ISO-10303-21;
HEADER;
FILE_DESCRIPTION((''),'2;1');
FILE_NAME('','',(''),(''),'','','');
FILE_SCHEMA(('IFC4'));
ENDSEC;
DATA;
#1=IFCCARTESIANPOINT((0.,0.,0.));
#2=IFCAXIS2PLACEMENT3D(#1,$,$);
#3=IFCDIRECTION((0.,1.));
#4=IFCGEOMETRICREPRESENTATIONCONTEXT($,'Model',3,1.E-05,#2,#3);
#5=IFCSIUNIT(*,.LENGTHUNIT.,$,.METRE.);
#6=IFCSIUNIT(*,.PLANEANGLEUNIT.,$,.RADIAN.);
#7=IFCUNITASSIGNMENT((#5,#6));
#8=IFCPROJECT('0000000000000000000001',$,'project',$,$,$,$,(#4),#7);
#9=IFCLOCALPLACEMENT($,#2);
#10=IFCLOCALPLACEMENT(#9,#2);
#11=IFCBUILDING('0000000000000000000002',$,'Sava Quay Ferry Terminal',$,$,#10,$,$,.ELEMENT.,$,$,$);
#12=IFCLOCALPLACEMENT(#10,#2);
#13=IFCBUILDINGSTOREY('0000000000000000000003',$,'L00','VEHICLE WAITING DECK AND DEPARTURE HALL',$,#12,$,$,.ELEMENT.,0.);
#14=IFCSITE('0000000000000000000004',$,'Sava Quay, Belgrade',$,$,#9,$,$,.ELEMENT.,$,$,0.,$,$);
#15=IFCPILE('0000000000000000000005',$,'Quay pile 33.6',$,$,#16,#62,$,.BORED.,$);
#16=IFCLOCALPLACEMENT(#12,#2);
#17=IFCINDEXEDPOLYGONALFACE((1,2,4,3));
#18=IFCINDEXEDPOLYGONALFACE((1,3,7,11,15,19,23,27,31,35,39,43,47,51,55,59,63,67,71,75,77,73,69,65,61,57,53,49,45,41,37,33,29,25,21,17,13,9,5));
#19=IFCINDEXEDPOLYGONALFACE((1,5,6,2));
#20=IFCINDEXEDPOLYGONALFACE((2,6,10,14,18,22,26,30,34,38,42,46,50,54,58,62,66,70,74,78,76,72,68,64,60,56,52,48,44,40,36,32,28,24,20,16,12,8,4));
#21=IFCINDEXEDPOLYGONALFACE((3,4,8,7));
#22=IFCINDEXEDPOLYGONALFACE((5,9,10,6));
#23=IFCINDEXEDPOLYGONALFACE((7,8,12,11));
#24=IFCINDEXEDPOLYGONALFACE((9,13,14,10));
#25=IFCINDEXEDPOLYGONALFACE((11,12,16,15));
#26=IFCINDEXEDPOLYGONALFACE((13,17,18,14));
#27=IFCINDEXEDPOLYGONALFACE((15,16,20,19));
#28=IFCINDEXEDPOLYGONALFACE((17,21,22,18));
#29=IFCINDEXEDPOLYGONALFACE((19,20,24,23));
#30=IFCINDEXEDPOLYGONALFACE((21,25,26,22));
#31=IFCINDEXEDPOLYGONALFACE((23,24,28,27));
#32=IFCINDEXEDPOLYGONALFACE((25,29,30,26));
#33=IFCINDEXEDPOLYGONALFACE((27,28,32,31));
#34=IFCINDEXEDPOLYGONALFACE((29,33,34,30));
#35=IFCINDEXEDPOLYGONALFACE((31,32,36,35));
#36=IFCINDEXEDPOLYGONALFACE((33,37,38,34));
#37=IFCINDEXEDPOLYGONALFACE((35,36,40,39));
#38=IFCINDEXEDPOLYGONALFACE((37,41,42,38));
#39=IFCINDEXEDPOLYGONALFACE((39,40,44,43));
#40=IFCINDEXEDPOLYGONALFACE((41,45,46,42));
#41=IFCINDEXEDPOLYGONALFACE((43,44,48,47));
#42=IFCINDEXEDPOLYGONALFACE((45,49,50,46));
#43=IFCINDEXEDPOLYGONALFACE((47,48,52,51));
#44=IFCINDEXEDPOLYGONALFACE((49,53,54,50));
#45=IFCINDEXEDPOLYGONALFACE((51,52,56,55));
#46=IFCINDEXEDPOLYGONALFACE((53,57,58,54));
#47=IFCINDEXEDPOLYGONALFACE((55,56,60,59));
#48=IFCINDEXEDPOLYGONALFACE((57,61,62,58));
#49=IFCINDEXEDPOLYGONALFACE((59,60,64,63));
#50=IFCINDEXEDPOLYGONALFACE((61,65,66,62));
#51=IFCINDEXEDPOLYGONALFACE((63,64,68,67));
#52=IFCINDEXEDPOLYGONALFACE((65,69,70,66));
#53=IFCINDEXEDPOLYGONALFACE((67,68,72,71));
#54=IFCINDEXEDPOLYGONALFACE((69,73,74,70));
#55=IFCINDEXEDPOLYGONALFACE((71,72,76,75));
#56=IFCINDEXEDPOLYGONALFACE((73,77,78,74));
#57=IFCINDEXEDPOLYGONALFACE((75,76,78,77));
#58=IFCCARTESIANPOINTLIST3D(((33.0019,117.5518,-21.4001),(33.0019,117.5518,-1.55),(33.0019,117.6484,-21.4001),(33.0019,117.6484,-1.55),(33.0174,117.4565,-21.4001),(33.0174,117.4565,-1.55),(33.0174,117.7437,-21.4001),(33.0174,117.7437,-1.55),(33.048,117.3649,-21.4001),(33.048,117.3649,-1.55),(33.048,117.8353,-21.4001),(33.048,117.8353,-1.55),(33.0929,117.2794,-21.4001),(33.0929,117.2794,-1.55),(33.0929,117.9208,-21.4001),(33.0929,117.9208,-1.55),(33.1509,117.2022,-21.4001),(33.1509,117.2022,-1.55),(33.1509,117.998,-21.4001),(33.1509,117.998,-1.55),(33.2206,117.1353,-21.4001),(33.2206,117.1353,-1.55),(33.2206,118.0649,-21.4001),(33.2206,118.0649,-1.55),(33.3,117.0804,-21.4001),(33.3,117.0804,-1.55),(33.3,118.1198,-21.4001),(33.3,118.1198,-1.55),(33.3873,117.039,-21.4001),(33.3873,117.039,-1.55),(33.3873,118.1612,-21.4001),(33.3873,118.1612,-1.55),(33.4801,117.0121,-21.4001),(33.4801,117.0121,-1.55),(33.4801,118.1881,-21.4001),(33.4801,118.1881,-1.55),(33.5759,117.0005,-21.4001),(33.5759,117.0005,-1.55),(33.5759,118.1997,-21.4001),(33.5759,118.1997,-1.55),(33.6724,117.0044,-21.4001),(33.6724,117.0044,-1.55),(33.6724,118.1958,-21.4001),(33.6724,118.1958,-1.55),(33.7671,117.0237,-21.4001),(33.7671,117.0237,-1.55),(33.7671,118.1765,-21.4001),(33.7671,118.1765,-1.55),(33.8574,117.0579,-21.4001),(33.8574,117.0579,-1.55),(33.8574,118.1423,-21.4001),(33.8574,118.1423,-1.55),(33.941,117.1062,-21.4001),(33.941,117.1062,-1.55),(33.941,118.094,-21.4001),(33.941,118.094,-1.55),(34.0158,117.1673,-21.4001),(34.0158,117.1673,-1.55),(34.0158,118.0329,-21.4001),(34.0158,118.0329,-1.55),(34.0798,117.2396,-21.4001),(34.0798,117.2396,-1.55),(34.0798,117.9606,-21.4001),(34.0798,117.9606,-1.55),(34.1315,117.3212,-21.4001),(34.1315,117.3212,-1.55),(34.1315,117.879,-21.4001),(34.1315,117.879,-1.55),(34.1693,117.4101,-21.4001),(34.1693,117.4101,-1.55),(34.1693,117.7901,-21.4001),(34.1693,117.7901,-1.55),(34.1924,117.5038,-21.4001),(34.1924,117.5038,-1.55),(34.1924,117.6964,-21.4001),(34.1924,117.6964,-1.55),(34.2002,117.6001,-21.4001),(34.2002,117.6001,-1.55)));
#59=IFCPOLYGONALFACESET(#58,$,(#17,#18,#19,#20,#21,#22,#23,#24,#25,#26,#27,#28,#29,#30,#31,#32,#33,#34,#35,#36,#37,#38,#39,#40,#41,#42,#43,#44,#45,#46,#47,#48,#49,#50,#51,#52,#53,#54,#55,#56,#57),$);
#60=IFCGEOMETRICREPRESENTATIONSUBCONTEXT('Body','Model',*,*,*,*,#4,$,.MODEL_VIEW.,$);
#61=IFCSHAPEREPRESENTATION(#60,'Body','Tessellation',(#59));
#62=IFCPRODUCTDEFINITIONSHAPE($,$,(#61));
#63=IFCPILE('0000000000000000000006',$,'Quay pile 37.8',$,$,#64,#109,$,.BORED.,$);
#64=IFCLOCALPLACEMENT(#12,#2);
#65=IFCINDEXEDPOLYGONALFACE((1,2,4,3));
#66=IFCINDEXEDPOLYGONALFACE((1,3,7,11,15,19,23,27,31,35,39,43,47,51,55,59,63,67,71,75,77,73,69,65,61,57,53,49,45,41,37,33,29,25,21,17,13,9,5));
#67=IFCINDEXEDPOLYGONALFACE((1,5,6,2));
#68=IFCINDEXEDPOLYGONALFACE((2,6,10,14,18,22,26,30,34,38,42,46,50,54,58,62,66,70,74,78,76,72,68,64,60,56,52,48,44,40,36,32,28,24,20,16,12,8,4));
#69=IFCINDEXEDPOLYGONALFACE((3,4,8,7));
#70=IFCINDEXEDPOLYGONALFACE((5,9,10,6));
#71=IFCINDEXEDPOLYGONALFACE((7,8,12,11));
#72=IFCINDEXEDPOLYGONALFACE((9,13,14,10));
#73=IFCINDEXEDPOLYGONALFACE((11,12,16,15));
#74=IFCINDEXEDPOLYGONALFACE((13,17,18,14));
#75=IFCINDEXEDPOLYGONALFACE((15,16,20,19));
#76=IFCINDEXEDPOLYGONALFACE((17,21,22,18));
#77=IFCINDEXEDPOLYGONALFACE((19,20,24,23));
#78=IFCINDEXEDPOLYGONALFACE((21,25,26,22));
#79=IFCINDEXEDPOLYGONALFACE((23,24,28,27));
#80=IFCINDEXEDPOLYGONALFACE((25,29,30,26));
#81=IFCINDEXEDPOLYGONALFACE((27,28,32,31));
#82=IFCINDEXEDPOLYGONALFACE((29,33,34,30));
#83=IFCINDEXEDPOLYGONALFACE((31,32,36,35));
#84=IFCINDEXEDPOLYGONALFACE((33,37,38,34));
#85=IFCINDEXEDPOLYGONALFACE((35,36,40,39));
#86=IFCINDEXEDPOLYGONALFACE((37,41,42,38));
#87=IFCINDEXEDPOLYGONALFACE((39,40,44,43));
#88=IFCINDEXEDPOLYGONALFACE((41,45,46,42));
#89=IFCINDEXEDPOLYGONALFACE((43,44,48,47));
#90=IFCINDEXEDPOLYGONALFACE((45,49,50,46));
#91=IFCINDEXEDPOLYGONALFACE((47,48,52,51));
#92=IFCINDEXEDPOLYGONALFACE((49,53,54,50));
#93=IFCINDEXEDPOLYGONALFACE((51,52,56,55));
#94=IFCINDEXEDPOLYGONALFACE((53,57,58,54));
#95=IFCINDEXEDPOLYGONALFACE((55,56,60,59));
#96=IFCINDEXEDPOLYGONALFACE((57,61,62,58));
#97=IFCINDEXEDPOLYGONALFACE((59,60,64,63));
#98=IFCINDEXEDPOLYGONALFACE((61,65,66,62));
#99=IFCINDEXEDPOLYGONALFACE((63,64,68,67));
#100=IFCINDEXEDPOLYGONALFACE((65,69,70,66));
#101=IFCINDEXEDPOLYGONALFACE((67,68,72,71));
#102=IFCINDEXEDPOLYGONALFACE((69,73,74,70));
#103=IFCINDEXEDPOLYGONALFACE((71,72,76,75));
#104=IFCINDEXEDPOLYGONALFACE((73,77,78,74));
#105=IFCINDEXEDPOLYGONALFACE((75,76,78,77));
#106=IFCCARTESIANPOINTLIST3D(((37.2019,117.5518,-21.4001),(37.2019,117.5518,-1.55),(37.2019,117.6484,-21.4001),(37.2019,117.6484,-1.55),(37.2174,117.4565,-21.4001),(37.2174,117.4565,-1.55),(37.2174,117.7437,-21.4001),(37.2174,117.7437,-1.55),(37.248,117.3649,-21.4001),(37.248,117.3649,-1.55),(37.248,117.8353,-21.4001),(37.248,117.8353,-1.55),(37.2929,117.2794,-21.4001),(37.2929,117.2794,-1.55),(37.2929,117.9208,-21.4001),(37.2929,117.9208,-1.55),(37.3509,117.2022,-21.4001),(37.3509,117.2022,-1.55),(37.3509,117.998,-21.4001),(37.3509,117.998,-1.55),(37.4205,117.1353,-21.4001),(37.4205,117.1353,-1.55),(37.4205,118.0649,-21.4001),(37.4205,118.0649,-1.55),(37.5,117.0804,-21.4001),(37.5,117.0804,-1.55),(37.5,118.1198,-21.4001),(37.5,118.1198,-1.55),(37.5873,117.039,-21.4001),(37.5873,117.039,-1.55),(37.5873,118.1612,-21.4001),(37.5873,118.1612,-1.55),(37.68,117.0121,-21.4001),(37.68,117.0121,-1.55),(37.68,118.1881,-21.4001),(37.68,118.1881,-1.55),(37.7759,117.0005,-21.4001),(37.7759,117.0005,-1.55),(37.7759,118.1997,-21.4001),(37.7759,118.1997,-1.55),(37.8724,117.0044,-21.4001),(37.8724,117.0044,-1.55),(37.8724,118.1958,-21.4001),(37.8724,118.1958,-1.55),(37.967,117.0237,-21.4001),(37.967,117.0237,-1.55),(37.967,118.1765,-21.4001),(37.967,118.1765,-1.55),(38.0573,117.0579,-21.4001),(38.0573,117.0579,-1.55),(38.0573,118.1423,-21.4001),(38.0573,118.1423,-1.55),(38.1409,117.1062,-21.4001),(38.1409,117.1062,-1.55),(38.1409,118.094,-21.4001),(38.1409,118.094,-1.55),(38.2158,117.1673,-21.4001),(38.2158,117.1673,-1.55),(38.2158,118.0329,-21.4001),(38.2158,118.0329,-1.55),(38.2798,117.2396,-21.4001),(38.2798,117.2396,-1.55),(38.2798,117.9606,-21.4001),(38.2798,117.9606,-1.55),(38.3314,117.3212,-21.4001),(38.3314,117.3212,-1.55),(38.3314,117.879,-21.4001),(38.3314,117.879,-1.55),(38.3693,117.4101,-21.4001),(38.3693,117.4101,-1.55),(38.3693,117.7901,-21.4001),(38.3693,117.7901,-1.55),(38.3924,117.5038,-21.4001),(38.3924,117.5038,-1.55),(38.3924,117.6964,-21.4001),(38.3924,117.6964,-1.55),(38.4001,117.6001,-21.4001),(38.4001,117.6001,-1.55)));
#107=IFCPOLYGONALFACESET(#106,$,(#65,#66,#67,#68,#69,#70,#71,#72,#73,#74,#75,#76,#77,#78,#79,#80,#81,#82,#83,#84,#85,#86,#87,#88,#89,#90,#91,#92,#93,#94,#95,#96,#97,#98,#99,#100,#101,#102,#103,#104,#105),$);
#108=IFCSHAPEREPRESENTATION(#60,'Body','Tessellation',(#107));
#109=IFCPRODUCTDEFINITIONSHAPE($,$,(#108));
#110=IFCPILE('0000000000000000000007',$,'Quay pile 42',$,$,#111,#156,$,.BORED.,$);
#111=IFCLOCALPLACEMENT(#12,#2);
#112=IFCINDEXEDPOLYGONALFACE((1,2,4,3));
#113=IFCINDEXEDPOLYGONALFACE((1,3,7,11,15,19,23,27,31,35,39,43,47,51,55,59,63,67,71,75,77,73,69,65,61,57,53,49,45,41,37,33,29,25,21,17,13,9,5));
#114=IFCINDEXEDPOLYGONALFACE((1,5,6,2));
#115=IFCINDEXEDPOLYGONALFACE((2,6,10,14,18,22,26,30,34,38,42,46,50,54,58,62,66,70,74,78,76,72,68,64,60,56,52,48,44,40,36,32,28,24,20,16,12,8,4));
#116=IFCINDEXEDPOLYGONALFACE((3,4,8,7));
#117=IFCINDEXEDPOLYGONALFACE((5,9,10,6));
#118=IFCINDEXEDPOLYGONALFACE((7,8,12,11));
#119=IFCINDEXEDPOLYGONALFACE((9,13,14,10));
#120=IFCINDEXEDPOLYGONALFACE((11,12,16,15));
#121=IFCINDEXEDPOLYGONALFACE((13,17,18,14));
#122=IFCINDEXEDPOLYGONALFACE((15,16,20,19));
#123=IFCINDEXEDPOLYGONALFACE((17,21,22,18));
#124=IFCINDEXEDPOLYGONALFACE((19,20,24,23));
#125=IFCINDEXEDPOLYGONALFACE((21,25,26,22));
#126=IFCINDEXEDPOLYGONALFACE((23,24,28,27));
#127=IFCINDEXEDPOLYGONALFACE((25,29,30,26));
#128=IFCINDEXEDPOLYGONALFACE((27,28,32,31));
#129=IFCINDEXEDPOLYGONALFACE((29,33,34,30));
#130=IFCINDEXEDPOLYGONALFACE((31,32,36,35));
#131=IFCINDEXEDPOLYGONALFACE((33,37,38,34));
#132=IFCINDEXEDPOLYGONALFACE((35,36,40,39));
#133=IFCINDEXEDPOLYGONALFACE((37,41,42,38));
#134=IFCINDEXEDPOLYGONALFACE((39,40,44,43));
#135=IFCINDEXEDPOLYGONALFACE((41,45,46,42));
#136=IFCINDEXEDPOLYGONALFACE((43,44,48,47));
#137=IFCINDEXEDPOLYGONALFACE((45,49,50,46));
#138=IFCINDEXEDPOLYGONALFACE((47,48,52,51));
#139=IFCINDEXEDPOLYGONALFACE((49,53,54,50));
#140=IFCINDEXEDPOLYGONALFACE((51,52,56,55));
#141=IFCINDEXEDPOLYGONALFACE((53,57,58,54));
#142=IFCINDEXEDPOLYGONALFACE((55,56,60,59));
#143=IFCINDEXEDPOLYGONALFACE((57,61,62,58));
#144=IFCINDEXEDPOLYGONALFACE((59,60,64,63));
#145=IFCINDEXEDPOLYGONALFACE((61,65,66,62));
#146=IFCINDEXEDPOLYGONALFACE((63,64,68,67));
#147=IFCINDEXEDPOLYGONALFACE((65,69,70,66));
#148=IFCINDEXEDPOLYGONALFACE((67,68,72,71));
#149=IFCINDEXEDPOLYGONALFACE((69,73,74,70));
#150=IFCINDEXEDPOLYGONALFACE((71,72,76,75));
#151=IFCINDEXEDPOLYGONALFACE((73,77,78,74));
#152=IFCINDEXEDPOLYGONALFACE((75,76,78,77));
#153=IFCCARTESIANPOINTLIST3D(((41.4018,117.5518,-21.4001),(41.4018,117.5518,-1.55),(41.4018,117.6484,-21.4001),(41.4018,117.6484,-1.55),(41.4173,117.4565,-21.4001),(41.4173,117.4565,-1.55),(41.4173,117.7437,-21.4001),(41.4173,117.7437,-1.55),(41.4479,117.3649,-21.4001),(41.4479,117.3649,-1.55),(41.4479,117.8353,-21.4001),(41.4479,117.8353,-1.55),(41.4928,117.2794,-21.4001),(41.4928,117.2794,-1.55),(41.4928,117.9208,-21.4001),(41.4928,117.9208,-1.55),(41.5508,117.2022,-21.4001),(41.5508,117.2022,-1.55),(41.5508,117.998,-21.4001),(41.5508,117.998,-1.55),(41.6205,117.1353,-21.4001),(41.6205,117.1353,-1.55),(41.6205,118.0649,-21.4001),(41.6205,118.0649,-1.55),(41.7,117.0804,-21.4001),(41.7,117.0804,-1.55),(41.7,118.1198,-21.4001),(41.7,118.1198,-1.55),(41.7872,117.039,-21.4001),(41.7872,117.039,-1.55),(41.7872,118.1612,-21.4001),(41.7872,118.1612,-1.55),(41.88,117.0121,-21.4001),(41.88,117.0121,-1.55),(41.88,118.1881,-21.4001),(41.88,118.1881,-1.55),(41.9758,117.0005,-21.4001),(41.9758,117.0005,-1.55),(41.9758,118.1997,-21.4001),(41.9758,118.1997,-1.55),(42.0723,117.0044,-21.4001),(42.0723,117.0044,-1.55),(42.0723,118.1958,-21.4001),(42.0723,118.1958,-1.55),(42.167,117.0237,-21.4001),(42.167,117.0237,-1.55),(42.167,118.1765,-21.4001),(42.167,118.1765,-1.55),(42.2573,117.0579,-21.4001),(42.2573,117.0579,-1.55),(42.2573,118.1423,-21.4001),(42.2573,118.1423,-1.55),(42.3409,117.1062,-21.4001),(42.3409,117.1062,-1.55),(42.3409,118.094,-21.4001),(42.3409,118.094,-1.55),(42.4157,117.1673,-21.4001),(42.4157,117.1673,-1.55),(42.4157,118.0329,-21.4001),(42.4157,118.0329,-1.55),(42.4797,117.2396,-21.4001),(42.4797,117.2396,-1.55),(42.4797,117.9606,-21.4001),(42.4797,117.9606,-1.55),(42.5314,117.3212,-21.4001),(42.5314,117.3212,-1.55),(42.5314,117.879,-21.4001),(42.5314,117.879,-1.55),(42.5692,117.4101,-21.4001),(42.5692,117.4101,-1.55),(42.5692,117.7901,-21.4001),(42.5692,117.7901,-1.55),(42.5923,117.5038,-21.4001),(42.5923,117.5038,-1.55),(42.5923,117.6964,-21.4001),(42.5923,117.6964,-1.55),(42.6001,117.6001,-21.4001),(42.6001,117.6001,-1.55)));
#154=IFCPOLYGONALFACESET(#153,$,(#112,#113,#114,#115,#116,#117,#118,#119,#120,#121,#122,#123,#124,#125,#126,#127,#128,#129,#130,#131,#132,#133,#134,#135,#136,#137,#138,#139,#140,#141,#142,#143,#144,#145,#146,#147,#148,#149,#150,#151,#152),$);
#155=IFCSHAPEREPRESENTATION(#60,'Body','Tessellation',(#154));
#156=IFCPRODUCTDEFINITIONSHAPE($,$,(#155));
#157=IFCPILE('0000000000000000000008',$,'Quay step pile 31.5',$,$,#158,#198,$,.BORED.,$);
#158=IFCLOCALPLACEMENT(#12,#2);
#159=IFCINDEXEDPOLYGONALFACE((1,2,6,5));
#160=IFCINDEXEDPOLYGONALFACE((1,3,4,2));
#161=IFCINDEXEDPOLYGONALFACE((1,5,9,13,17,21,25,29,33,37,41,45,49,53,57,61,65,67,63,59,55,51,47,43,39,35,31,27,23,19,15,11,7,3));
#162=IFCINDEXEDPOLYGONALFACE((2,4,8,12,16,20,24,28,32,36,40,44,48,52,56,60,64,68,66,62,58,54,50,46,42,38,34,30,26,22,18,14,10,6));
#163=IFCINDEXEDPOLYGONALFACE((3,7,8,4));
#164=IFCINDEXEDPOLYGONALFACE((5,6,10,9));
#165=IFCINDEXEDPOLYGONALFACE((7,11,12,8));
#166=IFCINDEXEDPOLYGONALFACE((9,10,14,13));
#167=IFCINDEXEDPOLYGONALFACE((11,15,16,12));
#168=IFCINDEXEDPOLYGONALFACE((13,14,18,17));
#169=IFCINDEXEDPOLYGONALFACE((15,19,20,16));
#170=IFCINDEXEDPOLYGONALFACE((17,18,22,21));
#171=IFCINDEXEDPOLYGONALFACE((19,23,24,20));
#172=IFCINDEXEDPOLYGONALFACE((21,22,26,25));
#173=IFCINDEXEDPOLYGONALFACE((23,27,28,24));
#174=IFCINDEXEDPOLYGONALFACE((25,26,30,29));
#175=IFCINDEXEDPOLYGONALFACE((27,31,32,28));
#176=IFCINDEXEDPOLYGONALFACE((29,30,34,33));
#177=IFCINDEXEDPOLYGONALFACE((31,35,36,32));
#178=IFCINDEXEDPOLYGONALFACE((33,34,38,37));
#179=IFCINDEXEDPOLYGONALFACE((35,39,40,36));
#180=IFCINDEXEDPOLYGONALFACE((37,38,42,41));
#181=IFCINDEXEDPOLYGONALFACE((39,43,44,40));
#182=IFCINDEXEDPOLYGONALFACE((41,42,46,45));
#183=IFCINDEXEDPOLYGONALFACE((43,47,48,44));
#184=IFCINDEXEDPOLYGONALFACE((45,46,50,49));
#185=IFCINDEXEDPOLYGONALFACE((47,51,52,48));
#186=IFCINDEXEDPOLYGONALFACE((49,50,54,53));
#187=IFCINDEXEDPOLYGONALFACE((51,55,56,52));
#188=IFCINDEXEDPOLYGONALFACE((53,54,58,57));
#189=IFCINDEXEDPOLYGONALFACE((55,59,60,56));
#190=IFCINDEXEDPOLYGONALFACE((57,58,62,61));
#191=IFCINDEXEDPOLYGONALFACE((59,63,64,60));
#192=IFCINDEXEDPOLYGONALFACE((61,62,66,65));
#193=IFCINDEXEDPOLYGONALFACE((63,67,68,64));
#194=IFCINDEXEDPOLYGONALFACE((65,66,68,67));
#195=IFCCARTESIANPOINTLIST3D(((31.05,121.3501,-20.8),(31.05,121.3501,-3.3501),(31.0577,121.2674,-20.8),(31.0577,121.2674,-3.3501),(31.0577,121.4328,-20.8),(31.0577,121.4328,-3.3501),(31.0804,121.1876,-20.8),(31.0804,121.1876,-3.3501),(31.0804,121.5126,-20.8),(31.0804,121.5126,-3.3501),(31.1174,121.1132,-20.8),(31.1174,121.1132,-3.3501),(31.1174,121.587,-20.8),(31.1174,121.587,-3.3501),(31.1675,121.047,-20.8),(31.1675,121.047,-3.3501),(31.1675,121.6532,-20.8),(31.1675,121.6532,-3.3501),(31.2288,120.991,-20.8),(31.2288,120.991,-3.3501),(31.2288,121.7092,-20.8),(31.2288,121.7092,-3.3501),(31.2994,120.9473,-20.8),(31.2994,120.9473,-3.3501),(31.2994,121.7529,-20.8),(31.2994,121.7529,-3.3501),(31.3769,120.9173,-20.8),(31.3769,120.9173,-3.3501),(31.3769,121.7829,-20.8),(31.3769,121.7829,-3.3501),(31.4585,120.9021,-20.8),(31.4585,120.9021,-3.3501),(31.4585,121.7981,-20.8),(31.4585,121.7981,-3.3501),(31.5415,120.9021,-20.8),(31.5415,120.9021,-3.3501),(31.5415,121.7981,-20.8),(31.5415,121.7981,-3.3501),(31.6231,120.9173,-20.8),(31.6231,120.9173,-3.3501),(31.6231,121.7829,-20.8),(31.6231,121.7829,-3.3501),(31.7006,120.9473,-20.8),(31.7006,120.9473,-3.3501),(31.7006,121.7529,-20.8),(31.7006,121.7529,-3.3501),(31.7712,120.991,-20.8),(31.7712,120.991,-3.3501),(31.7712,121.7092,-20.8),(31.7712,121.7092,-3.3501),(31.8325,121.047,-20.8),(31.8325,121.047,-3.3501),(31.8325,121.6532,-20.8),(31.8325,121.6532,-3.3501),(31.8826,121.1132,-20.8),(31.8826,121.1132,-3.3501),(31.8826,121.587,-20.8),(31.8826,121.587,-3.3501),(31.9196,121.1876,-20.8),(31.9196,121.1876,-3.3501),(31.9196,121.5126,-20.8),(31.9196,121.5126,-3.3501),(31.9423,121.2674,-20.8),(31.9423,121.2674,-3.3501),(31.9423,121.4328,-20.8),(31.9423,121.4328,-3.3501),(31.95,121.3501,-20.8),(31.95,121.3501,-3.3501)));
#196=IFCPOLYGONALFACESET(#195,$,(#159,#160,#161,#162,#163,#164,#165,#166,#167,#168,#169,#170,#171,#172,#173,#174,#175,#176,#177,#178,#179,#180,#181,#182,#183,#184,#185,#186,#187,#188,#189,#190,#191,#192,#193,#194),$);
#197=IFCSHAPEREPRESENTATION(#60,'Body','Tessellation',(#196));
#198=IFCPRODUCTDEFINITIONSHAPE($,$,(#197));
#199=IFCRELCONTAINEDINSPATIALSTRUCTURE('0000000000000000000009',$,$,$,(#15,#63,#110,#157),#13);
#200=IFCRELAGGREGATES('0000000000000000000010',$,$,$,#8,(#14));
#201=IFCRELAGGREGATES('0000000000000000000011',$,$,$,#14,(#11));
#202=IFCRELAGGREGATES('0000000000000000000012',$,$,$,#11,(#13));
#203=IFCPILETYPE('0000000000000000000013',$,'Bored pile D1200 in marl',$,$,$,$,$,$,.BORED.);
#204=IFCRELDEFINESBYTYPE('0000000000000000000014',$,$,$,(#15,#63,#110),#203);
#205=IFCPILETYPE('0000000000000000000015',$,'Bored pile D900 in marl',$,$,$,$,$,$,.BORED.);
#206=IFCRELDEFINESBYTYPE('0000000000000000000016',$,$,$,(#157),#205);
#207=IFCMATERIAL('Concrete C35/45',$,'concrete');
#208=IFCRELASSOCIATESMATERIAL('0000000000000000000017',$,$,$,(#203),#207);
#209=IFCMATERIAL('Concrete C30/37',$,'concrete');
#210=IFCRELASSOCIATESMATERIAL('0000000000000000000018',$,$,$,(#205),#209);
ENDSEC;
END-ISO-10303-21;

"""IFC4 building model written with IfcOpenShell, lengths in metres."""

from ifc_helpers import new_model, si_unit, direction, frame, origin, origin_2d, place, context, subcontext, project, spatial, circle, extrude, material, material_profile, profile_set, type_object, element, save


model = new_model("IFC4")

# Units and contexts
model_context = context("Model", 3, precision=1e-05, world=origin(), true_north=direction((0.0, 1.0)))
body_context = subcontext(model_context, "Body", "Model", "MODEL_VIEW")
ifc_project = project(units=[si_unit("LENGTHUNIT", "METRE"), si_unit("PLANEANGLEUNIT", "RADIAN")], contexts=[model_context])

# Site, building, storey
site_placement = place(None, origin())
site = spatial("IfcSite", under=ifc_project, at=site_placement, Name="Sava Quay, Belgrade", CompositionType="ELEMENT", RefElevation=0.0)
building_placement = place(site_placement, origin())
building = spatial("IfcBuilding", under=site, at=building_placement, Name="Sava Quay Ferry Terminal", CompositionType="ELEMENT")
storey_placement = place(building_placement, origin())
storey = spatial("IfcBuildingStorey", under=building, at=storey_placement, Name="L00", Description="VEHICLE WAITING DECK AND DEPARTURE HALL", CompositionType="ELEMENT", Elevation=0.0)

# Piles
ifc_material_1 = material(Name="Concrete C35/45", Category="concrete")
ifc_material_profile_1 = material_profile(ifc_material_1, circle(Radius=0.6001, at=origin_2d()), Name="Bored pile D1200 in marl")
ifc_profile_set_1 = profile_set([ifc_material_profile_1], Name="Concrete C35/45")
pile_type_1 = type_object("IfcPileType", Name="Bored pile D1200 in marl", PredefinedType="BORED", material=ifc_profile_set_1)
for number, where, z_axis, x_axis, name in (
    (1, (33.6001, 117.6001, -1.55), (0.0, 0.0, -1.0), (1.0, 0.0, 0.0), "Quay pile 33.6"),
    (2, (37.8, 117.6001, -1.55), (0.0, 0.0, -1.0), (1.0, 0.0, 0.0), "Quay pile 37.8"),
    (3, (42.0, 117.6001, -1.55), (0.0, 0.0, -1.0), (1.0, 0.0, 0.0), "Quay pile 42"),
):
    element("IfcPile", number, at=place(storey_placement, frame(where, z_axis=z_axis, x_axis=x_axis)), inside=storey, type_object=pile_type_1, Name=name, PredefinedType="BORED", context=body_context, shape_type="SweptSolid", body=[
        extrude(circle(Radius=0.6001, at=origin_2d()), origin(), (0.0, 0.0, 1.0), 19.8501),
    ])
ifc_material_2 = material(Name="Concrete C30/37", Category="concrete")
ifc_material_profile_2 = material_profile(ifc_material_2, circle(Radius=0.45, at=origin_2d()), Name="Bored pile D900 in marl")
ifc_profile_set_2 = profile_set([ifc_material_profile_2], Name="Concrete C30/37")
pile_type_2 = type_object("IfcPileType", Name="Bored pile D900 in marl", PredefinedType="BORED", material=ifc_profile_set_2)
for number, where, z_axis, x_axis, name in (
    (4, (31.5, 121.3501, -3.3501), (0.0, 0.0, -1.0), (1.0, 0.0, 0.0), "Quay step pile 31.5"),
):
    element("IfcPile", number, at=place(storey_placement, frame(where, z_axis=z_axis, x_axis=x_axis)), inside=storey, type_object=pile_type_2, Name=name, PredefinedType="BORED", context=body_context, shape_type="SweptSolid", body=[
        extrude(circle(Radius=0.45, at=origin_2d()), origin(), (0.0, 0.0, 1.0), 17.45),
    ])

save(model, "model.ifc")
